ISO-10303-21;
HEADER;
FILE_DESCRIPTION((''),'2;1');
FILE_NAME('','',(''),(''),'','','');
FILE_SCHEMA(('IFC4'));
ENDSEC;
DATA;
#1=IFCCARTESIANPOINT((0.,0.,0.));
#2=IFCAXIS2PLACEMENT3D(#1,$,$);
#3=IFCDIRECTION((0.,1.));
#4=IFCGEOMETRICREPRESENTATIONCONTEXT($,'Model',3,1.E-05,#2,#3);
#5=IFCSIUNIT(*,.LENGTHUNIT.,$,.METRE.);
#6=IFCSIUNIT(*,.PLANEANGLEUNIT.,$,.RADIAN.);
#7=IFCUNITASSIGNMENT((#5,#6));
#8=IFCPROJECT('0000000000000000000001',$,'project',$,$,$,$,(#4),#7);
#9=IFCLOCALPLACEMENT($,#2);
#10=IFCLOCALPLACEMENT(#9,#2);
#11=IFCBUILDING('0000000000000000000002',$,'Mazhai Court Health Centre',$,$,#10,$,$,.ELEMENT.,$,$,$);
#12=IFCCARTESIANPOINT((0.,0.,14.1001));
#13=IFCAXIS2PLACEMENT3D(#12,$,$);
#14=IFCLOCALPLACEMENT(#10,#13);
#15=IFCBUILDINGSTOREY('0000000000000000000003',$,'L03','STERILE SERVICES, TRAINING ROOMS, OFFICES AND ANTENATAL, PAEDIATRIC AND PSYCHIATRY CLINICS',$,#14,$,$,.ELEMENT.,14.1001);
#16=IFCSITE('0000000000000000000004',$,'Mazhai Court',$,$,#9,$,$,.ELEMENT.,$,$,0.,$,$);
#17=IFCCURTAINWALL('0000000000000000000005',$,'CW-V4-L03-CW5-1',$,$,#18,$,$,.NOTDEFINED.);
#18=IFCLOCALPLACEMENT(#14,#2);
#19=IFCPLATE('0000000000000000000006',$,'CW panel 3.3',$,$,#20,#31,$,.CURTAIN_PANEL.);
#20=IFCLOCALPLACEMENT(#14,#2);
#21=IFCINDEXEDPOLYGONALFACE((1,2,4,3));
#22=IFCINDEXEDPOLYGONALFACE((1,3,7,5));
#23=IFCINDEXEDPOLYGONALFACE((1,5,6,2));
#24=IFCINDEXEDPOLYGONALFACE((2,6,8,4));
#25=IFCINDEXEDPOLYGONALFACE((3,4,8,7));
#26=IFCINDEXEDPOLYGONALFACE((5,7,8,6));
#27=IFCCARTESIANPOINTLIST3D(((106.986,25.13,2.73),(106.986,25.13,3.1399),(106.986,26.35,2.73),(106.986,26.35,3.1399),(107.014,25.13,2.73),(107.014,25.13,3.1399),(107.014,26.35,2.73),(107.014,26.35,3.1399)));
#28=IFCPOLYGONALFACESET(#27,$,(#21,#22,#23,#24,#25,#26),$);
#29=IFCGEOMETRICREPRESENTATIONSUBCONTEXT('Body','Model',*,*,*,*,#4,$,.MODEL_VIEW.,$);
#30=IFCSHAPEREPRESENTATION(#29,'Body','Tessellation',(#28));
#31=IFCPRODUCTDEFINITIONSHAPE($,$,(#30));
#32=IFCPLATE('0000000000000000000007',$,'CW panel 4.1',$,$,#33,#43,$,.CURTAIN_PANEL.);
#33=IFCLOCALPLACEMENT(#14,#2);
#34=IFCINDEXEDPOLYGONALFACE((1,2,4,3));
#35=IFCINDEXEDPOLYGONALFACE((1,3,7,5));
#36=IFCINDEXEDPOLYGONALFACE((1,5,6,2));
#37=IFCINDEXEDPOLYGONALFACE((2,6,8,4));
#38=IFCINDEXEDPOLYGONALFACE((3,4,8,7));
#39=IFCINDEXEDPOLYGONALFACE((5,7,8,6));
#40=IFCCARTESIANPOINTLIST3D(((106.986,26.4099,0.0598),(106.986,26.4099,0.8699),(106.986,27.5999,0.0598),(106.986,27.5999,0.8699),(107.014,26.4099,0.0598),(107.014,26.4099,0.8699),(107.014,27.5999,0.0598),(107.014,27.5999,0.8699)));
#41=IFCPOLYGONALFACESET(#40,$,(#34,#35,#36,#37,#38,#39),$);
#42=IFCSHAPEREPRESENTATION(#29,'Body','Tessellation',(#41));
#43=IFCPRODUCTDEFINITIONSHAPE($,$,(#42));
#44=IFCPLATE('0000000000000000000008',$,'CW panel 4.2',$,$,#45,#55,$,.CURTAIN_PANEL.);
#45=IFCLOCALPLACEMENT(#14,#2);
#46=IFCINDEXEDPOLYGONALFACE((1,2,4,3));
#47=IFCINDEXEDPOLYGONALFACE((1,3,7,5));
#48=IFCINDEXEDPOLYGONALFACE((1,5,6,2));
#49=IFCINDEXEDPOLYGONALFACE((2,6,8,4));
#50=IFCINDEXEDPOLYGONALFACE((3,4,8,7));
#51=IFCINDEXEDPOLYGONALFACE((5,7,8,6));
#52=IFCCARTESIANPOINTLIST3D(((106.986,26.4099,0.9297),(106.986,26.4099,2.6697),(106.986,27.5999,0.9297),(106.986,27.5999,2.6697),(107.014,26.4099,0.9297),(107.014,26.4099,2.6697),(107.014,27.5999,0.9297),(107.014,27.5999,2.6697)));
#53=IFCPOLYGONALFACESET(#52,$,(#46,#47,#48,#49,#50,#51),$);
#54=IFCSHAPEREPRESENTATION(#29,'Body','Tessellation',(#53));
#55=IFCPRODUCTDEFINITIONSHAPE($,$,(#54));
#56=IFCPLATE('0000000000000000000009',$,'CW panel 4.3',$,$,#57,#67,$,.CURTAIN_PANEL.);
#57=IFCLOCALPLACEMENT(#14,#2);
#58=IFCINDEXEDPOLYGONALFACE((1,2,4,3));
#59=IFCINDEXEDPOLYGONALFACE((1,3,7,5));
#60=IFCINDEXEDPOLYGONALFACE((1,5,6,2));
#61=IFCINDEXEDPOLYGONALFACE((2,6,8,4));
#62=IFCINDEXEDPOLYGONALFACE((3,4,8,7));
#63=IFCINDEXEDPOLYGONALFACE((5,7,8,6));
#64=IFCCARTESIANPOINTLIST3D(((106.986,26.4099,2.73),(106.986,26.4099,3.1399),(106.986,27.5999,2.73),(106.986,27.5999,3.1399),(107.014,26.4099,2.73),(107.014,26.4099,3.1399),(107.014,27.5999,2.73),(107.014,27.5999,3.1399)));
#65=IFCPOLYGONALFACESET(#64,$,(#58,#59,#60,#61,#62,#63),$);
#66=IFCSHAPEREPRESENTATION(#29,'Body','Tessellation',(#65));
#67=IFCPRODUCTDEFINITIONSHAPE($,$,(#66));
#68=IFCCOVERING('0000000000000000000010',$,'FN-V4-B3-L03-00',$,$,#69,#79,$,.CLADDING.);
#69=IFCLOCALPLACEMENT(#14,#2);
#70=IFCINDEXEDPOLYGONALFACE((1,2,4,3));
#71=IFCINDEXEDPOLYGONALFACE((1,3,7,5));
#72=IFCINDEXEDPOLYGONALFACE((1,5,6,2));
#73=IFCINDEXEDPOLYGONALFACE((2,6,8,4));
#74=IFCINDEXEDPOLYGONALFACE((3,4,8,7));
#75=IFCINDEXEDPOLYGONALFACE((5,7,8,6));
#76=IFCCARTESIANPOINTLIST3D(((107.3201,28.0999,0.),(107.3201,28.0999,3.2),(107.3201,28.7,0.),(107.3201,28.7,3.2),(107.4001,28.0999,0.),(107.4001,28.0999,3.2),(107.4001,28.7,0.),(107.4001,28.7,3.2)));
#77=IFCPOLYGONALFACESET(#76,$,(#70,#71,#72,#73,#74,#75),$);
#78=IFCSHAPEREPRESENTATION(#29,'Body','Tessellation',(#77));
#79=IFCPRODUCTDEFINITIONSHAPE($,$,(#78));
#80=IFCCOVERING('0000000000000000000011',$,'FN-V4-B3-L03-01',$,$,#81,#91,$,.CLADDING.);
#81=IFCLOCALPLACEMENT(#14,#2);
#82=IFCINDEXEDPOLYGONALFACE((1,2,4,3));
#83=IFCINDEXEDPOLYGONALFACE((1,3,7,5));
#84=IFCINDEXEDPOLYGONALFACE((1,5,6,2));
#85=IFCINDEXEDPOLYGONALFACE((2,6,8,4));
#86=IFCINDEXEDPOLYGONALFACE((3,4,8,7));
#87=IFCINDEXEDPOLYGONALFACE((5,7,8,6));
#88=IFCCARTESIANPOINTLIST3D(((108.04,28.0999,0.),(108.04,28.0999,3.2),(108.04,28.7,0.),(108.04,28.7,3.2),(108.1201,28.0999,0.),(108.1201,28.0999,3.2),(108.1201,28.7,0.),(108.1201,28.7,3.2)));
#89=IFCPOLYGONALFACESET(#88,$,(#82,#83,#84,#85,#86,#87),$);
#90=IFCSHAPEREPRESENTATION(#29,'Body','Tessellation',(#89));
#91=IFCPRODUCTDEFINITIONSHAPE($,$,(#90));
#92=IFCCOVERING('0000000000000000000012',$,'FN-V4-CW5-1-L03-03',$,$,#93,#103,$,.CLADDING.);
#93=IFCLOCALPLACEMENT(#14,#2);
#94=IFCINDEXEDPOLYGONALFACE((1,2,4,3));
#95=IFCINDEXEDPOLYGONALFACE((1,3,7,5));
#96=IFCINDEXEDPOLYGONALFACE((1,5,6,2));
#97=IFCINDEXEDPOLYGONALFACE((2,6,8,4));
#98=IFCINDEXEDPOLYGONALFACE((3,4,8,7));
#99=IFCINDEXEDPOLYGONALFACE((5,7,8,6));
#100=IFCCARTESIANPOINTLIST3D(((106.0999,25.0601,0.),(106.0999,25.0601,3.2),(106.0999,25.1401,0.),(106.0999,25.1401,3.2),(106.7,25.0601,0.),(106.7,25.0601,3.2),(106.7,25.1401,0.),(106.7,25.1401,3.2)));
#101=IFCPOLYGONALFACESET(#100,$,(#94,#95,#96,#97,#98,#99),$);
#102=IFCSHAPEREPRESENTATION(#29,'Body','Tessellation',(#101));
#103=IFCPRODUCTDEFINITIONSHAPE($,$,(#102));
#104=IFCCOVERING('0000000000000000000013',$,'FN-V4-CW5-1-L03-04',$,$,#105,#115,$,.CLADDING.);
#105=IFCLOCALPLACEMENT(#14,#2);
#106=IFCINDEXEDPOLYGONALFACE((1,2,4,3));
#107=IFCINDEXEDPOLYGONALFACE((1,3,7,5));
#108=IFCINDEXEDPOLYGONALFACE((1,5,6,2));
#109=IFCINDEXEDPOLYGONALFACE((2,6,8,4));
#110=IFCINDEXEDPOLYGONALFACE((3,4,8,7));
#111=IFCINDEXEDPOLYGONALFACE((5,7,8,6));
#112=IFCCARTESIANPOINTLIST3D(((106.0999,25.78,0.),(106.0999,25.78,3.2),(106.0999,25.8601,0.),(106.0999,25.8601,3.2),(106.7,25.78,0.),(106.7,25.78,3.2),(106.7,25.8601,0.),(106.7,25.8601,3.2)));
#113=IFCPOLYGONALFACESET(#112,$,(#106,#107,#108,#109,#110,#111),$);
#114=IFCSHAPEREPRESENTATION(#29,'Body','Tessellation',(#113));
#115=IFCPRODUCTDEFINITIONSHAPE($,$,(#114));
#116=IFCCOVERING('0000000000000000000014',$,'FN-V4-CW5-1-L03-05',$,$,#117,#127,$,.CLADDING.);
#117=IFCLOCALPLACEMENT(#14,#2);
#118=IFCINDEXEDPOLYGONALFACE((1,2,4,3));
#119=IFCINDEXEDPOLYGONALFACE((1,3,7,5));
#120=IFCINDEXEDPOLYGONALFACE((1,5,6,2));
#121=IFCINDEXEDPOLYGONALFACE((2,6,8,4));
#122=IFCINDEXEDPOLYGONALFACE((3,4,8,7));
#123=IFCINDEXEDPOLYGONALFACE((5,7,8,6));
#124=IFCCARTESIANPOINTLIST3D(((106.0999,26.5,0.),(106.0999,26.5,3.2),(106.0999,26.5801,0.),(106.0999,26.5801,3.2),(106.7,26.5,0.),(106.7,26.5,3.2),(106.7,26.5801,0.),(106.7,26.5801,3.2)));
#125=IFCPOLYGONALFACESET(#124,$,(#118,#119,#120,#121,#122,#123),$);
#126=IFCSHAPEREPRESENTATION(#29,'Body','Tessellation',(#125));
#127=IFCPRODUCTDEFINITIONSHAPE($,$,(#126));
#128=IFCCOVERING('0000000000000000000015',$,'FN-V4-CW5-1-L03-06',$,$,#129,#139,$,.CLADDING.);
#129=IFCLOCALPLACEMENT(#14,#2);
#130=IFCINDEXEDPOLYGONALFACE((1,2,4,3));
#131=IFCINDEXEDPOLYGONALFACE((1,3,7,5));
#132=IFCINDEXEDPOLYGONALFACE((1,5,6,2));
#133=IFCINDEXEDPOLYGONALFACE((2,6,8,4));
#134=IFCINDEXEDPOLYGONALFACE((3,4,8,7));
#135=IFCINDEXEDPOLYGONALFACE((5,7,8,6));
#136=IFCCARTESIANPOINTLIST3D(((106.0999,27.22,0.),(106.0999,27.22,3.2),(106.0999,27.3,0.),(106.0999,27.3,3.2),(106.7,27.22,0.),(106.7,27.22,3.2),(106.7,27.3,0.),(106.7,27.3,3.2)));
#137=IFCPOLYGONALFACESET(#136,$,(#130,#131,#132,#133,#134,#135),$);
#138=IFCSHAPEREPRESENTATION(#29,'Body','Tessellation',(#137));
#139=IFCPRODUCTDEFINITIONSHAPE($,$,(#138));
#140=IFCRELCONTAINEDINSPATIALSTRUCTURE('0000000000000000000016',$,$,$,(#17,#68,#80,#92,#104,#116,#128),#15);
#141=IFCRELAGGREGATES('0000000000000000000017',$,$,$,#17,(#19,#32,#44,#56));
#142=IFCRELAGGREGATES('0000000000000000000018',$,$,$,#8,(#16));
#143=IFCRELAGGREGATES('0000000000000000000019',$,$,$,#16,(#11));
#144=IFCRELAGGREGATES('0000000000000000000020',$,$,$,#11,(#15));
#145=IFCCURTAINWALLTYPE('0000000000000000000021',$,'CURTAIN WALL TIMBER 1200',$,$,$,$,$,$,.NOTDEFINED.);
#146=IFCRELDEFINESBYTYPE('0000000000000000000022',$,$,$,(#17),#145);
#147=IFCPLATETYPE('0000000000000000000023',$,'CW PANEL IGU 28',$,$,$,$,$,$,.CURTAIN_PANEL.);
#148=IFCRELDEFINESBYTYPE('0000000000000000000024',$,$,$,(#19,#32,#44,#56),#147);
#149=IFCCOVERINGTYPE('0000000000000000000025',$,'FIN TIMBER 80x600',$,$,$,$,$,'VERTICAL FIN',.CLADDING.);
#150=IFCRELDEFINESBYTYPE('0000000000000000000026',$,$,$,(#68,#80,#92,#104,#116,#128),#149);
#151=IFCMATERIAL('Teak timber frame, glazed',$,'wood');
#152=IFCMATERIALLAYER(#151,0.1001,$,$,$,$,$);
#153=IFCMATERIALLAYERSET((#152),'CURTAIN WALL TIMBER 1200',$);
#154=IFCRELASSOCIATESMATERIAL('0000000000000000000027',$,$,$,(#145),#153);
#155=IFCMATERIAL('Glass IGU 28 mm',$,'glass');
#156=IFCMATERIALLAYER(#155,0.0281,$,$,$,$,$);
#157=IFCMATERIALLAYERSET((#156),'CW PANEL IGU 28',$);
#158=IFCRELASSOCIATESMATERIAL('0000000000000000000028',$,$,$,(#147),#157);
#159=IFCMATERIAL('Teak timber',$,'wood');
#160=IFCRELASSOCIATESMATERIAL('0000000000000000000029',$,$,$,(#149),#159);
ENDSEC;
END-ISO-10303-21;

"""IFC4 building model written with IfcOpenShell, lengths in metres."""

from ifc_helpers import new_model, si_unit, direction, frame, origin, origin_2d, place, context, subcontext, project, spatial, rectangle, extrude, material, layer, layer_set, type_object, element, aggregate, save


model = new_model("IFC4")

# Units and contexts
model_context = context("Model", 3, precision=1e-05, world=origin(), true_north=direction((0.0, 1.0)))
body_context = subcontext(model_context, "Body", "Model", "MODEL_VIEW")
ifc_project = project(units=[si_unit("LENGTHUNIT", "METRE"), si_unit("PLANEANGLEUNIT", "RADIAN")], contexts=[model_context])

# Site, building, storey
site_placement = place(None, origin())
site = spatial("IfcSite", under=ifc_project, at=site_placement, Name="Mazhai Court", CompositionType="ELEMENT", RefElevation=0.0)
building_placement = place(site_placement, origin())
building = spatial("IfcBuilding", under=site, at=building_placement, Name="Mazhai Court Health Centre", CompositionType="ELEMENT")
storey_placement = place(building_placement, frame((0.0, 0.0, 14.1001)))
storey = spatial("IfcBuildingStorey", under=building, at=storey_placement, Name="L03", Description="STERILE SERVICES, TRAINING ROOMS, OFFICES AND ANTENATAL, PAEDIATRIC AND PSYCHIATRY CLINICS", CompositionType="ELEMENT", Elevation=14.1001)

# Shared definitions
ifc_material_1 = material(Name="Teak timber frame, glazed", Category="wood")
ifc_layer_1 = layer(ifc_material_1, 0.1001)
ifc_layer_set_1 = layer_set([ifc_layer_1], Name="CURTAIN WALL TIMBER 1200")
curtain_wall_type = type_object("IfcCurtainWallType", Name="CURTAIN WALL TIMBER 1200", PredefinedType="NOTDEFINED", material=ifc_layer_set_1)

# Curtain wall
curtain_wall_1_placement = place(storey_placement, origin())
curtain_wall_1 = element("IfcCurtainWall", 1, at=curtain_wall_1_placement, inside=storey, type_object=curtain_wall_type, Name="CW-V4-L03-CW5-1", PredefinedType="NOTDEFINED")

# Plates
ifc_material_2 = material(Name="Glass IGU 28 mm", Category="glass")
ifc_layer_2 = layer(ifc_material_2, 0.0281)
ifc_layer_set_2 = layer_set([ifc_layer_2], Name="CW PANEL IGU 28")
plate_type = type_object("IfcPlateType", Name="CW PANEL IGU 28", PredefinedType="CURTAIN_PANEL", material=ifc_layer_set_2)
plate_1_placement = place(storey_placement, frame((107.0, 25.74, 2.73), z_axis=(0.0, 0.0, 1.0), x_axis=(0.0, 1.0, 0.0)))
plate_1 = element("IfcPlate", 2, at=plate_1_placement, type_object=plate_type, Name="CW panel 3.3", PredefinedType="CURTAIN_PANEL", context=body_context, shape_type="SweptSolid", body=[
    extrude(rectangle(XDim=1.22, YDim=0.0281, at=origin_2d()), origin(), (0.0, 0.0, 1.0), 0.4099),
])
plate_2_placement = place(storey_placement, frame((107.0, 27.0049, 0.0598), z_axis=(0.0, 0.0, 1.0), x_axis=(0.0, 1.0, 0.0)))
plate_2 = element("IfcPlate", 3, at=plate_2_placement, type_object=plate_type, Name="CW panel 4.1", PredefinedType="CURTAIN_PANEL", context=body_context, shape_type="SweptSolid", body=[
    extrude(rectangle(XDim=1.1899, YDim=0.0281, at=origin_2d()), origin(), (0.0, 0.0, 1.0), 0.8101),
])
plate_3_placement = place(storey_placement, frame((107.0, 27.0049, 0.9297), z_axis=(0.0, 0.0, 1.0), x_axis=(0.0, 1.0, 0.0)))
plate_3 = element("IfcPlate", 4, at=plate_3_placement, type_object=plate_type, Name="CW panel 4.2", PredefinedType="CURTAIN_PANEL", context=body_context, shape_type="SweptSolid", body=[
    extrude(rectangle(XDim=1.1899, YDim=0.0281, at=origin_2d()), origin(), (0.0, 0.0, 1.0), 1.74),
])
plate_4_placement = place(storey_placement, frame((107.0, 27.0049, 2.73), z_axis=(0.0, 0.0, 1.0), x_axis=(0.0, 1.0, 0.0)))
plate_4 = element("IfcPlate", 5, at=plate_4_placement, type_object=plate_type, Name="CW panel 4.3", PredefinedType="CURTAIN_PANEL", context=body_context, shape_type="SweptSolid", body=[
    extrude(rectangle(XDim=1.1899, YDim=0.0281, at=origin_2d()), origin(), (0.0, 0.0, 1.0), 0.4099),
])
aggregate(curtain_wall_1, [plate_1, plate_2, plate_3, plate_4])

# Coverings
ifc_material_3 = material(Name="Teak timber", Category="wood")
covering_type = type_object("IfcCoveringType", Name="FIN TIMBER 80x600", ElementType="VERTICAL FIN", PredefinedType="CLADDING", material=ifc_material_3)
for number, where, z_axis, x_axis, name in (
    (6, (107.3601, 28.3999, 0.0), (0.0, 0.0, 1.0), (1.0, 0.0, 0.0), "FN-V4-B3-L03-00"),
    (7, (108.0801, 28.3999, 0.0), (0.0, 0.0, 1.0), (1.0, 0.0, 0.0), "FN-V4-B3-L03-01"),
    (8, (106.3999, 25.1001, 0.0), (0.0, 0.0, 1.0), (0.0, 1.0, 0.0), "FN-V4-CW5-1-L03-03"),
    (9, (106.3999, 25.8201, 0.0), (0.0, 0.0, 1.0), (0.0, 1.0, 0.0), "FN-V4-CW5-1-L03-04"),
    (10, (106.3999, 26.54, 0.0), (0.0, 0.0, 1.0), (0.0, 1.0, 0.0), "FN-V4-CW5-1-L03-05"),
    (11, (106.3999, 27.26, 0.0), (0.0, 0.0, 1.0), (0.0, 1.0, 0.0), "FN-V4-CW5-1-L03-06"),
):
    element("IfcCovering", number, at=place(storey_placement, frame(where, z_axis=z_axis, x_axis=x_axis)), inside=storey, type_object=covering_type, Name=name, PredefinedType="CLADDING", context=body_context, shape_type="SweptSolid", body=[
        extrude(rectangle(XDim=0.0801, YDim=0.6001, at=origin_2d()), origin(), (0.0, 0.0, 1.0), 3.2),
    ])

save(model, "model.ifc")
